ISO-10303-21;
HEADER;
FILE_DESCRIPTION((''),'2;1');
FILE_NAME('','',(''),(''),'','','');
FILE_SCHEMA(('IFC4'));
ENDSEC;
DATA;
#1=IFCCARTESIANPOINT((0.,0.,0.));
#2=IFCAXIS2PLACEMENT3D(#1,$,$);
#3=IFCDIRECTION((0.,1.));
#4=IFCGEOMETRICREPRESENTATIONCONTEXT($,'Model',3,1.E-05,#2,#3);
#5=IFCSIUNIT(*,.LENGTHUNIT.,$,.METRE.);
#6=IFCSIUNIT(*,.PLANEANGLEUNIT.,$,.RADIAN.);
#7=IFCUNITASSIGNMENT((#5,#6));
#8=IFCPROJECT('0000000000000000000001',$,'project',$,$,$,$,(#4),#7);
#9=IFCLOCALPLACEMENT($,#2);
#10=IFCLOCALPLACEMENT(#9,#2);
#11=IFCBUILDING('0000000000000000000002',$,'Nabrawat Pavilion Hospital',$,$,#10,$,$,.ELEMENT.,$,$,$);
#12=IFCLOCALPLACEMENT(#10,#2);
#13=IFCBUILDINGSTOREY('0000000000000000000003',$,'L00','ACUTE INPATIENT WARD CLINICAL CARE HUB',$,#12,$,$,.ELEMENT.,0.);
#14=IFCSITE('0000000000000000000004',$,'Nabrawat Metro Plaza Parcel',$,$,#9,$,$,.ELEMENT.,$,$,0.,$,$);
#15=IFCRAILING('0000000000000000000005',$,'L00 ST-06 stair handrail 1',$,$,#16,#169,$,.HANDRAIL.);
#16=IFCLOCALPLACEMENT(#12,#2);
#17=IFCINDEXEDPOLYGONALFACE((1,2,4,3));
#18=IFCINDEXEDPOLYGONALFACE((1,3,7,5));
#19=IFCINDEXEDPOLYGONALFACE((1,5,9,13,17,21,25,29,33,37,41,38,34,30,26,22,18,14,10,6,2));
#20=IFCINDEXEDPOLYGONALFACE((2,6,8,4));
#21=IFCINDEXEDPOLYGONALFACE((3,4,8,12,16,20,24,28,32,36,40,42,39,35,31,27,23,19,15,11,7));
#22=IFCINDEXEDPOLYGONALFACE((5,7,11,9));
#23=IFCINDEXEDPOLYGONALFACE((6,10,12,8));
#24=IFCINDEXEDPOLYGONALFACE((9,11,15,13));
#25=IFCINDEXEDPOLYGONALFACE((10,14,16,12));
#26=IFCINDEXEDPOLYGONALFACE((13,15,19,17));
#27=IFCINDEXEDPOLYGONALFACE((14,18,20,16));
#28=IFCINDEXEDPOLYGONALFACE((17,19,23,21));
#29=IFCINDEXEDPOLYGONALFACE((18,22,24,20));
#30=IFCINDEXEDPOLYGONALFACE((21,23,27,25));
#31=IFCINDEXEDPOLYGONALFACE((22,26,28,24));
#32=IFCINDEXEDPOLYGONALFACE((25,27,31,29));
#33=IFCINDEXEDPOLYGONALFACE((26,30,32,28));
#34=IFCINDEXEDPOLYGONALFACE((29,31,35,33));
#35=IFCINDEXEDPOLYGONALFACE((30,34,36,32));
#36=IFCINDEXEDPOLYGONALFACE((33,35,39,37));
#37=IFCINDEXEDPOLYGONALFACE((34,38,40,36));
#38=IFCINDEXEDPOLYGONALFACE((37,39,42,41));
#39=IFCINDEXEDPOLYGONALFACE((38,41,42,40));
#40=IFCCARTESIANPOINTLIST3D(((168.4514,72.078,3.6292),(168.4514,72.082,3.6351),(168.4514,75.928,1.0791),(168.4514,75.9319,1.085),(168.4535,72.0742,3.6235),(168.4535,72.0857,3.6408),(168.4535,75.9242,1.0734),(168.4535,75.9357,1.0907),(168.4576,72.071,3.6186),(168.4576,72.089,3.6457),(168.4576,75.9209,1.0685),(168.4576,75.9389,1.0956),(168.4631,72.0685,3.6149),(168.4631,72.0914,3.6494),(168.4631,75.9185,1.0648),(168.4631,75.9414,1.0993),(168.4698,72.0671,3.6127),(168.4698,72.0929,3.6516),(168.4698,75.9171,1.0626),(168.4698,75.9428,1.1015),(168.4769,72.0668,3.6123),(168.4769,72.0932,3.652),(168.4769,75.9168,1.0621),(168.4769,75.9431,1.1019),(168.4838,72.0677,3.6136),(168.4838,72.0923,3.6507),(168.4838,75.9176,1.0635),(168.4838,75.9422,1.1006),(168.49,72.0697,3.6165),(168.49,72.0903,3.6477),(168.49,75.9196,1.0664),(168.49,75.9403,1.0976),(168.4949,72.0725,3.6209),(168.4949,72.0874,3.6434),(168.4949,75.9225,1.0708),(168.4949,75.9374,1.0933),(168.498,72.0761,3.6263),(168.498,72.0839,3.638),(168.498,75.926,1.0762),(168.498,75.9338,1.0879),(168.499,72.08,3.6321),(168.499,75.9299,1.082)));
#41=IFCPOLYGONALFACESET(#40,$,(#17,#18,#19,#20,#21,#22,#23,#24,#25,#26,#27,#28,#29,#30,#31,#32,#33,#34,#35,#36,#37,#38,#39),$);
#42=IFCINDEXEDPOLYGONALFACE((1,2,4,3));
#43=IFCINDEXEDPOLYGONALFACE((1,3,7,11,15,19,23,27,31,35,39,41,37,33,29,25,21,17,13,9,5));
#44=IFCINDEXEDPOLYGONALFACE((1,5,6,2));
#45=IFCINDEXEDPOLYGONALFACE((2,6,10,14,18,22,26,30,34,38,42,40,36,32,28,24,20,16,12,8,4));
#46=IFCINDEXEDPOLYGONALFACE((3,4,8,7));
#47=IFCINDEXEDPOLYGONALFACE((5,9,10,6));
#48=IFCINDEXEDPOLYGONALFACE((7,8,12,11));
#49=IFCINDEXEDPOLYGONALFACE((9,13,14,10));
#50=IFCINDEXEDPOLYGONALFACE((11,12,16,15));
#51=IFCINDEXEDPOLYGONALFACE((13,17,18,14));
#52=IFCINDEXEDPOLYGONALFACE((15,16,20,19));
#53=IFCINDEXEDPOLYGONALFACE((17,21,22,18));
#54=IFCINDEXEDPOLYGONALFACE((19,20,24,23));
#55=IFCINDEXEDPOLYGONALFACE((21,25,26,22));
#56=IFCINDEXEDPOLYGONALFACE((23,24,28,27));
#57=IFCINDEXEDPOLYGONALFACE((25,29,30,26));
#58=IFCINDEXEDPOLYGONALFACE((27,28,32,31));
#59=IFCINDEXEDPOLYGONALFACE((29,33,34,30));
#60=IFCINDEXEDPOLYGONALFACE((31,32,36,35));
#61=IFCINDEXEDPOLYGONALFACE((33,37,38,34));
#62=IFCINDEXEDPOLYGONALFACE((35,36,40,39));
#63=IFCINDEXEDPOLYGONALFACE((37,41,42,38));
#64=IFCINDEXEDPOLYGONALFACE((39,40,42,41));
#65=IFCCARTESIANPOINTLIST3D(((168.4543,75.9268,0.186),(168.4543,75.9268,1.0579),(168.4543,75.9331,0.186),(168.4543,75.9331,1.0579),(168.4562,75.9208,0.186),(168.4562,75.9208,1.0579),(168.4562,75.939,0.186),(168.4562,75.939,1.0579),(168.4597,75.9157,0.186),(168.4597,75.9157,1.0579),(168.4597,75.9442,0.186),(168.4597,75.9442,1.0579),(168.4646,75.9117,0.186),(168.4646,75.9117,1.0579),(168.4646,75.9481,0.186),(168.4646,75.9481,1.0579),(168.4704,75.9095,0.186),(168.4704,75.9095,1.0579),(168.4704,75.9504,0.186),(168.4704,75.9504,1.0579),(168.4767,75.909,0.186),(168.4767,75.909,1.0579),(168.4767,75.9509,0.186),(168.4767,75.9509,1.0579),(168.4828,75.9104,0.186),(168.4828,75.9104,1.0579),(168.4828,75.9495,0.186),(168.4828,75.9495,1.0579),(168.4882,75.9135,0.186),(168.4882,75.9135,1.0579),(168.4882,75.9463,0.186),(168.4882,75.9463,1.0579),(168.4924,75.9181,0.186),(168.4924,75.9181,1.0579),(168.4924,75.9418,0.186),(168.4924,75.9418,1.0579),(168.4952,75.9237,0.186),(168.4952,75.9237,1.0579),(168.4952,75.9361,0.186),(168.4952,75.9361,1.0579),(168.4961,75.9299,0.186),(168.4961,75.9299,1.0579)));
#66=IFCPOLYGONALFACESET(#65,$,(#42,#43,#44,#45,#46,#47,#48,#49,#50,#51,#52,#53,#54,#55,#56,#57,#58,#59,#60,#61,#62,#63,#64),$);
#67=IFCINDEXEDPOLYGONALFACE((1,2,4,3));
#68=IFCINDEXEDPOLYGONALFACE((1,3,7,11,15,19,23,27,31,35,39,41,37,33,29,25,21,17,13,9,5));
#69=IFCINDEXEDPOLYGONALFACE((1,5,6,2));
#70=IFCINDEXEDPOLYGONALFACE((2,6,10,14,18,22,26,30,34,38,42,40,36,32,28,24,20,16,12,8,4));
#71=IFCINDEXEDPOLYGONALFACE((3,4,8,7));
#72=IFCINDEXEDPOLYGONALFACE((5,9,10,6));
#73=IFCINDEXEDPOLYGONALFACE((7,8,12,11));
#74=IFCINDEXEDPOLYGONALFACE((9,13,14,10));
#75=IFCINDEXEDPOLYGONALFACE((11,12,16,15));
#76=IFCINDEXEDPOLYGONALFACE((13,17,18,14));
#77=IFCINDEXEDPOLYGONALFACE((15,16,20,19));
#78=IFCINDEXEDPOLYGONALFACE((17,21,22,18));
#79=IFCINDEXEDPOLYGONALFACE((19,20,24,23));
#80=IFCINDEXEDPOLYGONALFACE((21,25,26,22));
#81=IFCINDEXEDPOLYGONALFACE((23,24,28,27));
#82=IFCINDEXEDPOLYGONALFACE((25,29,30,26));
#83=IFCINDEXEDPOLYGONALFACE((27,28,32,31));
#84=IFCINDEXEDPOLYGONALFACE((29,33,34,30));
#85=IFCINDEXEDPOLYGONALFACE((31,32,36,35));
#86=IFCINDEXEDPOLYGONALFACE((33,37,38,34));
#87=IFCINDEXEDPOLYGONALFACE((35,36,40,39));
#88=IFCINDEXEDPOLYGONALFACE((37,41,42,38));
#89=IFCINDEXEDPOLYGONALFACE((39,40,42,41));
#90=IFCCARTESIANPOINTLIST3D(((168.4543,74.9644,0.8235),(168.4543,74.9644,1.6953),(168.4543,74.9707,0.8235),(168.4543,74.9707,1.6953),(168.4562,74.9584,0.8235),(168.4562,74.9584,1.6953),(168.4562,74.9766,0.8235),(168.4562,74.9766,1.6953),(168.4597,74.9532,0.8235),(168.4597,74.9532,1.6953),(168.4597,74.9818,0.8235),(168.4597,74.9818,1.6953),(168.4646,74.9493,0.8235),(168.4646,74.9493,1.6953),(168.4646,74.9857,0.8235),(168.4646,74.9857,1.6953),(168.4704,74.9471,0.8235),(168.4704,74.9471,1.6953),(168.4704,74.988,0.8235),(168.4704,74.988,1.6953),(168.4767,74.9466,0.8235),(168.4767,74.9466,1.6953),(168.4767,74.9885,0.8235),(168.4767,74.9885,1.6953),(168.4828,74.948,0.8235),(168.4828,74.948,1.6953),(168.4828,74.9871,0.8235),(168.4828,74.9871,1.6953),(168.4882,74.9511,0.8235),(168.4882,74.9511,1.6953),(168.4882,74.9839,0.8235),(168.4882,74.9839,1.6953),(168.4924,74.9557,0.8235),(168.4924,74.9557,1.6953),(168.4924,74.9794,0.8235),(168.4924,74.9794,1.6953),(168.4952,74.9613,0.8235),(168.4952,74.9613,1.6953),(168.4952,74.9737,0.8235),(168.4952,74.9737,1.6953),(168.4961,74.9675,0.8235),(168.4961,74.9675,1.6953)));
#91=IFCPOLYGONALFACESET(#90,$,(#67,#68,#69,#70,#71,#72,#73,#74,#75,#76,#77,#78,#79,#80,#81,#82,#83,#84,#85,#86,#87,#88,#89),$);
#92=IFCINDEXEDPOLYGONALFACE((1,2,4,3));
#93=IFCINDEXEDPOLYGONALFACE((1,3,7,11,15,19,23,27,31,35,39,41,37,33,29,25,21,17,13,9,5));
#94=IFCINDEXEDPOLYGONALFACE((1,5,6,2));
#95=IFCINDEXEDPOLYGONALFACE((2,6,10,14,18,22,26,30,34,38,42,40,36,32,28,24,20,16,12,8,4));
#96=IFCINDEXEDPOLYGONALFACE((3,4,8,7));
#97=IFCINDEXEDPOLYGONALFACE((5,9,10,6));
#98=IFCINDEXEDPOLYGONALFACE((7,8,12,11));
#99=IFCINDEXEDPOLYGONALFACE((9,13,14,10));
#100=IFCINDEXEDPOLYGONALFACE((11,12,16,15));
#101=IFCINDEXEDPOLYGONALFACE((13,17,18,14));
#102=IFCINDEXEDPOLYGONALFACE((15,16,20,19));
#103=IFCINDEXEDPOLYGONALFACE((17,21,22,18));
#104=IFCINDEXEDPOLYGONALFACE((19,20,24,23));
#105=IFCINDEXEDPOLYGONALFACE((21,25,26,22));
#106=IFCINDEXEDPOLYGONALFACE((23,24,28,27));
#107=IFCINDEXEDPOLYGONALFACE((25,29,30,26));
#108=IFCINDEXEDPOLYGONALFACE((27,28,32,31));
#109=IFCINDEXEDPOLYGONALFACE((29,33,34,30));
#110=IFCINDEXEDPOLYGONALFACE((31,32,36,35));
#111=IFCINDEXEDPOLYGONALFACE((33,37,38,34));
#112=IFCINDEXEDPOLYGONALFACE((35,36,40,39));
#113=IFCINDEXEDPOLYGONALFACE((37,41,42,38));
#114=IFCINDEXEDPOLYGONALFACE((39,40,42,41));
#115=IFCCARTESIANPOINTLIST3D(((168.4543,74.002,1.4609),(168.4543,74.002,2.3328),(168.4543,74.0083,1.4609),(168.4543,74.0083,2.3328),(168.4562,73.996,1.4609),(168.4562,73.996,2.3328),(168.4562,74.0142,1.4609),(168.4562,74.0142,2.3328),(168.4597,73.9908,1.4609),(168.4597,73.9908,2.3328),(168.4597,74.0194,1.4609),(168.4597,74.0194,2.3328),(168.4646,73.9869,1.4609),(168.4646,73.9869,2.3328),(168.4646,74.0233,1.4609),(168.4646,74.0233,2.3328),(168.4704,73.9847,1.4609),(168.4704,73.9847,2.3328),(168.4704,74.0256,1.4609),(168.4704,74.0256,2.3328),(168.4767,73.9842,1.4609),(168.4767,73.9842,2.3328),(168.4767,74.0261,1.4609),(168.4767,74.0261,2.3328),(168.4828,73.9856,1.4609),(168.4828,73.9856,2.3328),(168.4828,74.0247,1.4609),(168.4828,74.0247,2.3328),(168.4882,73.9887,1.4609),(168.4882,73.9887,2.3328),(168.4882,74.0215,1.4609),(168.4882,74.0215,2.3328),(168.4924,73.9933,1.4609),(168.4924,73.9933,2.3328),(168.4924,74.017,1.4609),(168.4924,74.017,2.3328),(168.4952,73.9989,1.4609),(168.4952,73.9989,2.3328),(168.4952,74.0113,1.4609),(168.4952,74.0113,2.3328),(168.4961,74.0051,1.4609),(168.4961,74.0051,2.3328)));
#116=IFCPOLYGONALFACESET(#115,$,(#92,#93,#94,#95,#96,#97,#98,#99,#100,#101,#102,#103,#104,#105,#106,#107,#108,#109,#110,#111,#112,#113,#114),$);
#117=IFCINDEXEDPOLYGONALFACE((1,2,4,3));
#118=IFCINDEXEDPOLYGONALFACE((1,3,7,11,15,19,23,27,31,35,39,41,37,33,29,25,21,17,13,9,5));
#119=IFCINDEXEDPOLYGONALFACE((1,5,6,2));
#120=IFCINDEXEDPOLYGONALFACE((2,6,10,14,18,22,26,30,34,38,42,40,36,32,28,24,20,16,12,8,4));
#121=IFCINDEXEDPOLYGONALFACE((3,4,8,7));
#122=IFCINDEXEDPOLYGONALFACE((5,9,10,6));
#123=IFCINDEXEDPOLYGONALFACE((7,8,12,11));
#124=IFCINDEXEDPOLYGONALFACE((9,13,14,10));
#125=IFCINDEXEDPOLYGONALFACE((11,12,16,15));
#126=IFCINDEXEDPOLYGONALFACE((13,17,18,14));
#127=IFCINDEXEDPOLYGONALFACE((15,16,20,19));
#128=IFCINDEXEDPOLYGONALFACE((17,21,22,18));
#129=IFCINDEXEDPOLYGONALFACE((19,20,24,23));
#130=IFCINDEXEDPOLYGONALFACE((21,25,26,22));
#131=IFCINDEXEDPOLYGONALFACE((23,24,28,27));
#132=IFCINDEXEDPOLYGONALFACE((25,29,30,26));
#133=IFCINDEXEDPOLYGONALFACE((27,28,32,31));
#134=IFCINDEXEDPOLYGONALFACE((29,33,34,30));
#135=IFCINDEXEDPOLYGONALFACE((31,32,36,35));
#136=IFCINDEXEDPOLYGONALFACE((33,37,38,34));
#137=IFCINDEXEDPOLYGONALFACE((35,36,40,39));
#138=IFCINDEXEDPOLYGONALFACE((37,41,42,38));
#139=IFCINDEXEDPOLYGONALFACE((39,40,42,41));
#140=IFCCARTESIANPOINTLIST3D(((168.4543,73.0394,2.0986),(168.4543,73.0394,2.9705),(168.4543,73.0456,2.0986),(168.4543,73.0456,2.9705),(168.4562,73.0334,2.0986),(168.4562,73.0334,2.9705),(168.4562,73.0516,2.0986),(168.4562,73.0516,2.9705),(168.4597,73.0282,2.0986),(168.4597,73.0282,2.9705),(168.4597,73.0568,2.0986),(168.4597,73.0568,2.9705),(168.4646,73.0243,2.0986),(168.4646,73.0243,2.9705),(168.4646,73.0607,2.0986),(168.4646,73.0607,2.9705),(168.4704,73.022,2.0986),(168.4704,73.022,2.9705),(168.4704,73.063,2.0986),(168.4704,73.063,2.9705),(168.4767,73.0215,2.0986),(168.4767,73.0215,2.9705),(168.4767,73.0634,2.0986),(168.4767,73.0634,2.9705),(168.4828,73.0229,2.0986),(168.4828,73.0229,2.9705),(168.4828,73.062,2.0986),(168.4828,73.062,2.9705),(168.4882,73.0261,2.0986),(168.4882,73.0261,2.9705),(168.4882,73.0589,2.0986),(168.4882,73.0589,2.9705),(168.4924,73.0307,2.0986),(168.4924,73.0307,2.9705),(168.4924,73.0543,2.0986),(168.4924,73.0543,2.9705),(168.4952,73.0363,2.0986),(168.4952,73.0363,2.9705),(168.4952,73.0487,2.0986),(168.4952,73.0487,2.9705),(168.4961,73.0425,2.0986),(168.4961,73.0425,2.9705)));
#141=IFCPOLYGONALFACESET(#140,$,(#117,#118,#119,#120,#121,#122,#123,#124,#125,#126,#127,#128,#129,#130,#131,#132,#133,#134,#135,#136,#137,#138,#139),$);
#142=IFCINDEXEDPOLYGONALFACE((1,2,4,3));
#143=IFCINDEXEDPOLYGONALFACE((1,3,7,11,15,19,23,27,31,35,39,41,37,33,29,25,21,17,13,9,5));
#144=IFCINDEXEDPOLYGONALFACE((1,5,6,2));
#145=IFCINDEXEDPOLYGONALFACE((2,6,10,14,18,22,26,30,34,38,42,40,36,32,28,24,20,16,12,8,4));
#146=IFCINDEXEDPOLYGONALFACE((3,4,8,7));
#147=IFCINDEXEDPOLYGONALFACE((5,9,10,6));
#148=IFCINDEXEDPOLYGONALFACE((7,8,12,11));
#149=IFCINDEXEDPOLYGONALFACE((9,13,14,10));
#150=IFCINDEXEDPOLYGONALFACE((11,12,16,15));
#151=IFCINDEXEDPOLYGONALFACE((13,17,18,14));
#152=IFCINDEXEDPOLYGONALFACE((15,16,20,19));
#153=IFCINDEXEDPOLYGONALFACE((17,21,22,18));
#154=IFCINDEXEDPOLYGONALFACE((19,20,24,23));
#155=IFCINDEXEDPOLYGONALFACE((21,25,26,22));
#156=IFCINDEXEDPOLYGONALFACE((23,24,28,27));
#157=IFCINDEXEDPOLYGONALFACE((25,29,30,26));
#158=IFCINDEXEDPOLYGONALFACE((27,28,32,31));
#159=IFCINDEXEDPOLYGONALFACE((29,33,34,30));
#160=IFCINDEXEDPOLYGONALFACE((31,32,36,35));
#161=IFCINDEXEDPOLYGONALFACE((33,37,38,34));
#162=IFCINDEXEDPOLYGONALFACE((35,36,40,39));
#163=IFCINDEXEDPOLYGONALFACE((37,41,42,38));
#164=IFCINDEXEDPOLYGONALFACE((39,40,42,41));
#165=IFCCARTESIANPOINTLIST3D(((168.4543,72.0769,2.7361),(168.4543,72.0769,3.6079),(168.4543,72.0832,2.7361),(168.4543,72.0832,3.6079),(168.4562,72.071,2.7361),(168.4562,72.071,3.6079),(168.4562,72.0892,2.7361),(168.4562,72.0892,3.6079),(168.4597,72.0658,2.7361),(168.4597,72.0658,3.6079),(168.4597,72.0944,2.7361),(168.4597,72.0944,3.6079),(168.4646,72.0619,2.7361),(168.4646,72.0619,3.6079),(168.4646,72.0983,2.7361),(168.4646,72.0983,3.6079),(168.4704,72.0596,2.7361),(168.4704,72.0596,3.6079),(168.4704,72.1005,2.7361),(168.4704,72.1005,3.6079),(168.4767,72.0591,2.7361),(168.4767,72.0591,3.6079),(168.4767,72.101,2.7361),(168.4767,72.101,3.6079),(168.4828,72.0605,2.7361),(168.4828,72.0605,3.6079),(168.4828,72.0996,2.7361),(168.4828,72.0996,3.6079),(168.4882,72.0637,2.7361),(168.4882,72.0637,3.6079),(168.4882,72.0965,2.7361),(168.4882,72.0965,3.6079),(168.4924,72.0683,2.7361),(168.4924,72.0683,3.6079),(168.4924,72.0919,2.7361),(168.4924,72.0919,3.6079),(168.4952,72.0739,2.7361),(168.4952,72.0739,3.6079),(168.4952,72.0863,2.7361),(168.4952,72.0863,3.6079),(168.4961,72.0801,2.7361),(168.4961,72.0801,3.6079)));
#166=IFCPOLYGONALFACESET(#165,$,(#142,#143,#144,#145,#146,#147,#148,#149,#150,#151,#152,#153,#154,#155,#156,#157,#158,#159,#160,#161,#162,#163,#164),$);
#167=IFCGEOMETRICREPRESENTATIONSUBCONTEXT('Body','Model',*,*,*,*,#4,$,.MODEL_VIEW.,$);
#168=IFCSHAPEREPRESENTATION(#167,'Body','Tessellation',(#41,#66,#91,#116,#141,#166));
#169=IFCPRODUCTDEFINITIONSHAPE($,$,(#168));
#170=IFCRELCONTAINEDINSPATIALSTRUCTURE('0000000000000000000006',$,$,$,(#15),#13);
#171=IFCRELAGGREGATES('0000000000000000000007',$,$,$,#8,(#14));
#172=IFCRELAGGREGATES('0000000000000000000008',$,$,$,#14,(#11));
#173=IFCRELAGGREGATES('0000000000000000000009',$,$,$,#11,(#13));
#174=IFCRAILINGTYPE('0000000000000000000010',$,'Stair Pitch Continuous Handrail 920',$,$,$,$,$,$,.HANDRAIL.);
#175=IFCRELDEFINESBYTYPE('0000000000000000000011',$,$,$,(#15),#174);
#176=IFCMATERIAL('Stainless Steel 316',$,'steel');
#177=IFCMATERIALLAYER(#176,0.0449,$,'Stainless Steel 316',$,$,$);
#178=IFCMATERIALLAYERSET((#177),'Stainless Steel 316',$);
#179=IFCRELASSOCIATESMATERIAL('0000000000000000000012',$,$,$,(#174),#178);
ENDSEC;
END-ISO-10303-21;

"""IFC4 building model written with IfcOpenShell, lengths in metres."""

from ifc_helpers import new_model, si_unit, direction, frame, origin, origin_2d, place, context, subcontext, project, spatial, circle, extrude, material, layer, layer_set, type_object, element, save


model = new_model("IFC4")

# Units and contexts
model_context = context("Model", 3, precision=1e-05, world=origin(), true_north=direction((0.0, 1.0)))
body_context = subcontext(model_context, "Body", "Model", "MODEL_VIEW")
ifc_project = project(units=[si_unit("LENGTHUNIT", "METRE"), si_unit("PLANEANGLEUNIT", "RADIAN")], contexts=[model_context])

# Site, building, storey
site_placement = place(None, origin())
site = spatial("IfcSite", under=ifc_project, at=site_placement, Name="Nabrawat Metro Plaza Parcel", CompositionType="ELEMENT", RefElevation=0.0)
building_placement = place(site_placement, origin())
building = spatial("IfcBuilding", under=site, at=building_placement, Name="Nabrawat Pavilion Hospital", CompositionType="ELEMENT")
storey_placement = place(building_placement, origin())
storey = spatial("IfcBuildingStorey", under=building, at=storey_placement, Name="L00", Description="ACUTE INPATIENT WARD CLINICAL CARE HUB", CompositionType="ELEMENT", Elevation=0.0)

# Railing
ifc_material_1 = material(Name="Stainless Steel 316", Category="steel")
ifc_layer_1 = layer(ifc_material_1, 0.0449, Name="Stainless Steel 316")
ifc_layer_set_1 = layer_set([ifc_layer_1], Name="Stainless Steel 316")
railing_type_1 = type_object("IfcRailingType", Name="Stair Pitch Continuous Handrail 920", PredefinedType="HANDRAIL", material=ifc_layer_set_1)
railing_1_placement = place(storey_placement, frame((168.4751, 75.9299, 0.186)))
element("IfcRailing", 1, at=railing_1_placement, inside=storey, type_object=railing_type_1, Name="L00 ST-06 stair handrail 1", PredefinedType="HANDRAIL", context=body_context, shape_type="SweptSolid", body=[
    extrude(circle(Radius=0.0239, at=origin_2d()), frame((0.0, 0.0, 0.896), z_axis=(0.0, -0.833698, 0.552221), x_axis=(1.0, 0.0, 0.0)), (0.0, 0.0, 1.0), 4.6179),
    extrude(circle(Radius=0.021, at=origin_2d()), origin(), (0.0, 0.0, 1.0), 0.8718),
    extrude(circle(Radius=0.021, at=origin_2d()), frame((0.0, -0.9624, 0.6375)), (0.0, 0.0, 1.0), 0.8718),
    extrude(circle(Radius=0.021, at=origin_2d()), frame((0.0, -1.9248, 1.2749)), (0.0, 0.0, 1.0), 0.8718),
    extrude(circle(Radius=0.021, at=origin_2d()), frame((0.0, -2.8875, 1.9126)), (0.0, 0.0, 1.0), 0.8718),
    extrude(circle(Radius=0.021, at=origin_2d()), frame((0.0, -3.8499, 2.55)), (0.0, 0.0, 1.0), 0.8718),
])

save(model, "model.ifc")
